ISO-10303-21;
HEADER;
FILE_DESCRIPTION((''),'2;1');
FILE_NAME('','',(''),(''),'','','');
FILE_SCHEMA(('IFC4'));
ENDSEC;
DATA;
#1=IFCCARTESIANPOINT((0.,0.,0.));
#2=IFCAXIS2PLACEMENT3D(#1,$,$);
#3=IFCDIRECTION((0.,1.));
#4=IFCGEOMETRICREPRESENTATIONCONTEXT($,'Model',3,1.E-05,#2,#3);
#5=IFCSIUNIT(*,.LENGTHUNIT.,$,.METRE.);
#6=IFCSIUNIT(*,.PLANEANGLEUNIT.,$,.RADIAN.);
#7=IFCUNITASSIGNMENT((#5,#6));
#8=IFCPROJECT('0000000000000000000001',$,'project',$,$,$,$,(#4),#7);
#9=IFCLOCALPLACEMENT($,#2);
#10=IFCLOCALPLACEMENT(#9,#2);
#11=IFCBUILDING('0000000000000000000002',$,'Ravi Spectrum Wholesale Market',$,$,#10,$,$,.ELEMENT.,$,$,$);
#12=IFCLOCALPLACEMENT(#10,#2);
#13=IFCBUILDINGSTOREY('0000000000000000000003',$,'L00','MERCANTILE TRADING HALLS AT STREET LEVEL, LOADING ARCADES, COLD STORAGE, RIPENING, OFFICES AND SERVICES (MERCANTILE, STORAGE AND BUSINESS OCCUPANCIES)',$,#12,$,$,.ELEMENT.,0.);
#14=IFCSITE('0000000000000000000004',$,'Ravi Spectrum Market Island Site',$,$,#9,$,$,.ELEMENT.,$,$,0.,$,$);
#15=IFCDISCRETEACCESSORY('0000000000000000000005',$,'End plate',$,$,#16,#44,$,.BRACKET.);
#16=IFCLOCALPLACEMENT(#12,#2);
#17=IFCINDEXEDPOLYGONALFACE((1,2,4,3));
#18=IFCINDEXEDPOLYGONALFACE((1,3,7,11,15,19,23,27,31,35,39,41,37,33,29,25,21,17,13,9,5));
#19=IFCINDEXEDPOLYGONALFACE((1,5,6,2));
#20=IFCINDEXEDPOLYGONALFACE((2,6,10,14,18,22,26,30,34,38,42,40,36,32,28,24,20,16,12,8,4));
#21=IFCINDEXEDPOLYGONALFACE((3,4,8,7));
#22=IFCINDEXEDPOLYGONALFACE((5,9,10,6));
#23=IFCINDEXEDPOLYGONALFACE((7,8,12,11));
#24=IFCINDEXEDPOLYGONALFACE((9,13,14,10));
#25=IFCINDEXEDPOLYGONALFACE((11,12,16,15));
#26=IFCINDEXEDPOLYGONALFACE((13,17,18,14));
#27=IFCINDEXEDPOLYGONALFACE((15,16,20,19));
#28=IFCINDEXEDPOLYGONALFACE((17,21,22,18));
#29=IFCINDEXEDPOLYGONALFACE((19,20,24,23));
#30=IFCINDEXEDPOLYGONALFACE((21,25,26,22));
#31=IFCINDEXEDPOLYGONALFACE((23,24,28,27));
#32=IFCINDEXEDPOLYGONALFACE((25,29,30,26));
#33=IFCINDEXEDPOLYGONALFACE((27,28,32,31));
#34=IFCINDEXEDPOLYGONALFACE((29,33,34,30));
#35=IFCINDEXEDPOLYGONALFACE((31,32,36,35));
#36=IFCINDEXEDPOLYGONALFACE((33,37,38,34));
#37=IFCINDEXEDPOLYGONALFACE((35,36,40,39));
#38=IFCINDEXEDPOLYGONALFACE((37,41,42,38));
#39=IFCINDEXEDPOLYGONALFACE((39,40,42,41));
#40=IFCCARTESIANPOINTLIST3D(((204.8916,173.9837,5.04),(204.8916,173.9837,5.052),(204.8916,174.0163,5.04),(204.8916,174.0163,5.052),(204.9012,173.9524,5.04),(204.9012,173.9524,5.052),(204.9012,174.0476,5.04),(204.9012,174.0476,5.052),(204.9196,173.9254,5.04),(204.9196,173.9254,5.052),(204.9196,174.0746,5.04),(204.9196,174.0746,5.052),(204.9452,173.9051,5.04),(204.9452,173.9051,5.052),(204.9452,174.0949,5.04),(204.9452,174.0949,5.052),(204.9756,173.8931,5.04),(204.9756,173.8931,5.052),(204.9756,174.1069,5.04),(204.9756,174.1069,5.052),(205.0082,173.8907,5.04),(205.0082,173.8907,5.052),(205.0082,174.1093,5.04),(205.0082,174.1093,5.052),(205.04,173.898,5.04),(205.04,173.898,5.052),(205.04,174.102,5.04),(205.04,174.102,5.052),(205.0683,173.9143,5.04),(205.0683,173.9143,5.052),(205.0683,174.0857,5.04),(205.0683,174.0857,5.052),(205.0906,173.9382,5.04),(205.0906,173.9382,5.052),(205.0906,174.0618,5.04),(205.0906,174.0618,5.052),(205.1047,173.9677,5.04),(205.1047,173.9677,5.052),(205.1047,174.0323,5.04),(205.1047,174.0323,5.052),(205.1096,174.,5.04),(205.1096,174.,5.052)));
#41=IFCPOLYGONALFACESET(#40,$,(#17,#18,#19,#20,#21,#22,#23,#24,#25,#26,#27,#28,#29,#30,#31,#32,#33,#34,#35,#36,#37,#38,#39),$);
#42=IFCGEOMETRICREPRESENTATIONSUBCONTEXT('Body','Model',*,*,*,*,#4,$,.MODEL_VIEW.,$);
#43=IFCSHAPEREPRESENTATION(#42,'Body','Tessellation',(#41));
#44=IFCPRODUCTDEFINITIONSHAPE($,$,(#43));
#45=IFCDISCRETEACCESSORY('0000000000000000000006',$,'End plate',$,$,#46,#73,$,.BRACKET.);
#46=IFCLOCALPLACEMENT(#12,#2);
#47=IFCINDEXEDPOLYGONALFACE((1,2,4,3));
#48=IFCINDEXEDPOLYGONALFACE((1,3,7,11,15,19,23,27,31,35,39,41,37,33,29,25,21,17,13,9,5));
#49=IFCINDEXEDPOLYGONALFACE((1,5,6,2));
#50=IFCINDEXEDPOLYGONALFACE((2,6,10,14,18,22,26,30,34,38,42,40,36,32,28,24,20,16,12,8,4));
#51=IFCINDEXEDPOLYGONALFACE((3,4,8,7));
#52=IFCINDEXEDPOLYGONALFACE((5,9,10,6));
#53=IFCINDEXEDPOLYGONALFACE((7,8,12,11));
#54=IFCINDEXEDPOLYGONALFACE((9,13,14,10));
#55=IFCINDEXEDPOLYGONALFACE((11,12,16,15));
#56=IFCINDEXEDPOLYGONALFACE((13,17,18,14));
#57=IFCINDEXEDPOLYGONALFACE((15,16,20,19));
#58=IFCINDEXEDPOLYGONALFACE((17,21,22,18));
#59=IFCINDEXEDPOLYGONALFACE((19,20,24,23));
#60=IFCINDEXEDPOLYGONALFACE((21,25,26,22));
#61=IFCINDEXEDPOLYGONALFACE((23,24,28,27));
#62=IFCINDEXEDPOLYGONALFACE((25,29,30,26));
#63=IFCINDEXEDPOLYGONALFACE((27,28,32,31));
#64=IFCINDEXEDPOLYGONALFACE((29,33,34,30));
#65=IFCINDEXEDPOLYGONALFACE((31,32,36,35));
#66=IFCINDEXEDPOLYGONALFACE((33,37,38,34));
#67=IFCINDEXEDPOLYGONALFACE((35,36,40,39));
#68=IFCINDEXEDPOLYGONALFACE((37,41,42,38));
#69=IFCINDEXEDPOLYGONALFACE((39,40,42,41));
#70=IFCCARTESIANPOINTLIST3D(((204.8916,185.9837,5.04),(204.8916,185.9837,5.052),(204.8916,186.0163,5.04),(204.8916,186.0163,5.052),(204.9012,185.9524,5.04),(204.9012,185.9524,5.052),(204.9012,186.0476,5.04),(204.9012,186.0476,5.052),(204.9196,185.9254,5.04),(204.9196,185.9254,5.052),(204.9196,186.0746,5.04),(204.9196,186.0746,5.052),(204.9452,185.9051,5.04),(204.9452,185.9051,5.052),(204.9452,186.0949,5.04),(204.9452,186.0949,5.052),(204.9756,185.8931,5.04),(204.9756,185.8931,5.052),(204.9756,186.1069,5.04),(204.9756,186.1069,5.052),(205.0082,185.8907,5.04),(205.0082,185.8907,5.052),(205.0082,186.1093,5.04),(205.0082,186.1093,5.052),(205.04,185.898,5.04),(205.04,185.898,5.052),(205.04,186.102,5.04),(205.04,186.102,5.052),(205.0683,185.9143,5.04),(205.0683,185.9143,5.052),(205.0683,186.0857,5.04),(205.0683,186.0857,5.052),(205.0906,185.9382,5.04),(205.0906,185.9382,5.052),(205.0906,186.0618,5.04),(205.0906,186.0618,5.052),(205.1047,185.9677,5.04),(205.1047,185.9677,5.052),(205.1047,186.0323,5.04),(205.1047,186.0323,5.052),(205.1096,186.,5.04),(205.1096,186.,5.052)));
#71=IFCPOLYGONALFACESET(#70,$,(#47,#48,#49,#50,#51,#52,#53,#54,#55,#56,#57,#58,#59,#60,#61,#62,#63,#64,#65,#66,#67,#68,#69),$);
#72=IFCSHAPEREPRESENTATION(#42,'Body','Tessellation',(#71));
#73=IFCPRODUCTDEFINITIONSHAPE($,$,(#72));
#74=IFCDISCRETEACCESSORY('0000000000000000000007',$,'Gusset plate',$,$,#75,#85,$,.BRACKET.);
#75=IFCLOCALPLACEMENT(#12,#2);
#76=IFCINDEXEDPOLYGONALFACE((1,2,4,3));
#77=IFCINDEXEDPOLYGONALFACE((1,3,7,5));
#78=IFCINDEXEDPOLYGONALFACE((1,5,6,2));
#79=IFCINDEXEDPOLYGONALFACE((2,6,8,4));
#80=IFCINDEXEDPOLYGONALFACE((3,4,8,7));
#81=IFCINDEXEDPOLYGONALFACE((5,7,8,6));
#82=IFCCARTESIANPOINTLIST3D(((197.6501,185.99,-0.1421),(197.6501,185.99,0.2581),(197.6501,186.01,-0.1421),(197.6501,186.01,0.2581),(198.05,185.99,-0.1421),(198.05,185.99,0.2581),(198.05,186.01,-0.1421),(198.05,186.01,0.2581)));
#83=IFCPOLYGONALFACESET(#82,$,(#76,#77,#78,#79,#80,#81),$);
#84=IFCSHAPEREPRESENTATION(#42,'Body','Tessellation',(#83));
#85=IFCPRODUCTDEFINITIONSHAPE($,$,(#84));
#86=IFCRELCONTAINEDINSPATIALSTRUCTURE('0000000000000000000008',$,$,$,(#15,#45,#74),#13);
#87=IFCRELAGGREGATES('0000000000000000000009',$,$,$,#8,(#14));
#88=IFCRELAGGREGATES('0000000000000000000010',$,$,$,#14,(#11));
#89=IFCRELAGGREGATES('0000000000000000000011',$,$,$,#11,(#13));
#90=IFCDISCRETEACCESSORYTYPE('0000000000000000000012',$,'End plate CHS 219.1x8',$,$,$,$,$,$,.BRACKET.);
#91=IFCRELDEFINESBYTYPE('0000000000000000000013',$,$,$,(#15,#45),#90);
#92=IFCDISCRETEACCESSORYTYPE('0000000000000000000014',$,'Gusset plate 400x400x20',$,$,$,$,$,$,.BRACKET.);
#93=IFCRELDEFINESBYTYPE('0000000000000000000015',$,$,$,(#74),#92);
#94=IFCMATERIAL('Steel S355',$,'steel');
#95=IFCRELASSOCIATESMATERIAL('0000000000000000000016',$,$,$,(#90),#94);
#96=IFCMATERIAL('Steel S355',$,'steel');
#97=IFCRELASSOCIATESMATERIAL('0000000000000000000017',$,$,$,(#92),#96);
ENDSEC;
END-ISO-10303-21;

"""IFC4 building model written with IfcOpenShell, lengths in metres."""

from ifc_helpers import new_model, si_unit, direction, frame, origin, origin_2d, place, context, subcontext, project, spatial, rectangle, circle, extrude, material, material_profile, profile_set, type_object, element, save


model = new_model("IFC4")

# Units and contexts
model_context = context("Model", 3, precision=1e-05, world=origin(), true_north=direction((0.0, 1.0)))
body_context = subcontext(model_context, "Body", "Model", "MODEL_VIEW")
ifc_project = project(units=[si_unit("LENGTHUNIT", "METRE"), si_unit("PLANEANGLEUNIT", "RADIAN")], contexts=[model_context])

# Site, building, storey
site_placement = place(None, origin())
site = spatial("IfcSite", under=ifc_project, at=site_placement, Name="Ravi Spectrum Market Island Site", CompositionType="ELEMENT", RefElevation=0.0)
building_placement = place(site_placement, origin())
building = spatial("IfcBuilding", under=site, at=building_placement, Name="Ravi Spectrum Wholesale Market", CompositionType="ELEMENT")
storey_placement = place(building_placement, origin())
storey = spatial("IfcBuildingStorey", under=building, at=storey_placement, Name="L00", Description="MERCANTILE TRADING HALLS AT STREET LEVEL, LOADING ARCADES, COLD STORAGE, RIPENING, OFFICES AND SERVICES (MERCANTILE, STORAGE AND BUSINESS OCCUPANCIES)", CompositionType="ELEMENT", Elevation=0.0)

# Discrete accessories
ifc_material_1 = material(Name="Steel S355", Category="steel")
ifc_material_profile_1 = material_profile(ifc_material_1, circle(Radius=0.1096, at=origin_2d()))
ifc_profile_set_1 = profile_set([ifc_material_profile_1], Name="Steel S355")
discrete_accessory_type_1 = type_object("IfcDiscreteAccessoryType", Name="End plate CHS 219.1x8", PredefinedType="BRACKET", material=ifc_profile_set_1)
for number, where, z_axis, x_axis, name in (
    (1, (205.0, 174.0, 5.04), (0.0, 0.0, 1.0), (1.0, 0.0, 0.0), "End plate"),
    (2, (205.0, 186.0, 5.04), (0.0, 0.0, 1.0), (1.0, 0.0, 0.0), "End plate"),
):
    element("IfcDiscreteAccessory", number, at=place(storey_placement, frame(where, z_axis=z_axis, x_axis=x_axis)), inside=storey, type_object=discrete_accessory_type_1, Name=name, PredefinedType="BRACKET", context=body_context, shape_type="SweptSolid", body=[
        extrude(circle(Radius=0.1096, at=origin_2d()), origin(), (0.0, 0.0, 1.0), 0.012),
    ])
ifc_material_2 = material(Name="Steel S355", Category="steel")
ifc_material_profile_2 = material_profile(ifc_material_2, rectangle(XDim=0.3999, YDim=0.02, at=origin_2d()))
ifc_profile_set_2 = profile_set([ifc_material_profile_2], Name="Steel S355")
discrete_accessory_type_2 = type_object("IfcDiscreteAccessoryType", Name="Gusset plate 400x400x20", PredefinedType="BRACKET", material=ifc_profile_set_2)
discrete_accessory_placement = place(storey_placement, frame((197.8501, 186.0, -0.1421), z_axis=(0.0, 0.0, 1.0), x_axis=(-1.0, 0.0, 0.0)))
element("IfcDiscreteAccessory", 3, at=discrete_accessory_placement, inside=storey, type_object=discrete_accessory_type_2, Name="Gusset plate", PredefinedType="BRACKET", context=body_context, shape_type="SweptSolid", body=[
    extrude(rectangle(XDim=0.3999, YDim=0.02, at=origin_2d()), origin(), (0.0, 0.0, 1.0), 0.4001),
])

save(model, "model.ifc")
